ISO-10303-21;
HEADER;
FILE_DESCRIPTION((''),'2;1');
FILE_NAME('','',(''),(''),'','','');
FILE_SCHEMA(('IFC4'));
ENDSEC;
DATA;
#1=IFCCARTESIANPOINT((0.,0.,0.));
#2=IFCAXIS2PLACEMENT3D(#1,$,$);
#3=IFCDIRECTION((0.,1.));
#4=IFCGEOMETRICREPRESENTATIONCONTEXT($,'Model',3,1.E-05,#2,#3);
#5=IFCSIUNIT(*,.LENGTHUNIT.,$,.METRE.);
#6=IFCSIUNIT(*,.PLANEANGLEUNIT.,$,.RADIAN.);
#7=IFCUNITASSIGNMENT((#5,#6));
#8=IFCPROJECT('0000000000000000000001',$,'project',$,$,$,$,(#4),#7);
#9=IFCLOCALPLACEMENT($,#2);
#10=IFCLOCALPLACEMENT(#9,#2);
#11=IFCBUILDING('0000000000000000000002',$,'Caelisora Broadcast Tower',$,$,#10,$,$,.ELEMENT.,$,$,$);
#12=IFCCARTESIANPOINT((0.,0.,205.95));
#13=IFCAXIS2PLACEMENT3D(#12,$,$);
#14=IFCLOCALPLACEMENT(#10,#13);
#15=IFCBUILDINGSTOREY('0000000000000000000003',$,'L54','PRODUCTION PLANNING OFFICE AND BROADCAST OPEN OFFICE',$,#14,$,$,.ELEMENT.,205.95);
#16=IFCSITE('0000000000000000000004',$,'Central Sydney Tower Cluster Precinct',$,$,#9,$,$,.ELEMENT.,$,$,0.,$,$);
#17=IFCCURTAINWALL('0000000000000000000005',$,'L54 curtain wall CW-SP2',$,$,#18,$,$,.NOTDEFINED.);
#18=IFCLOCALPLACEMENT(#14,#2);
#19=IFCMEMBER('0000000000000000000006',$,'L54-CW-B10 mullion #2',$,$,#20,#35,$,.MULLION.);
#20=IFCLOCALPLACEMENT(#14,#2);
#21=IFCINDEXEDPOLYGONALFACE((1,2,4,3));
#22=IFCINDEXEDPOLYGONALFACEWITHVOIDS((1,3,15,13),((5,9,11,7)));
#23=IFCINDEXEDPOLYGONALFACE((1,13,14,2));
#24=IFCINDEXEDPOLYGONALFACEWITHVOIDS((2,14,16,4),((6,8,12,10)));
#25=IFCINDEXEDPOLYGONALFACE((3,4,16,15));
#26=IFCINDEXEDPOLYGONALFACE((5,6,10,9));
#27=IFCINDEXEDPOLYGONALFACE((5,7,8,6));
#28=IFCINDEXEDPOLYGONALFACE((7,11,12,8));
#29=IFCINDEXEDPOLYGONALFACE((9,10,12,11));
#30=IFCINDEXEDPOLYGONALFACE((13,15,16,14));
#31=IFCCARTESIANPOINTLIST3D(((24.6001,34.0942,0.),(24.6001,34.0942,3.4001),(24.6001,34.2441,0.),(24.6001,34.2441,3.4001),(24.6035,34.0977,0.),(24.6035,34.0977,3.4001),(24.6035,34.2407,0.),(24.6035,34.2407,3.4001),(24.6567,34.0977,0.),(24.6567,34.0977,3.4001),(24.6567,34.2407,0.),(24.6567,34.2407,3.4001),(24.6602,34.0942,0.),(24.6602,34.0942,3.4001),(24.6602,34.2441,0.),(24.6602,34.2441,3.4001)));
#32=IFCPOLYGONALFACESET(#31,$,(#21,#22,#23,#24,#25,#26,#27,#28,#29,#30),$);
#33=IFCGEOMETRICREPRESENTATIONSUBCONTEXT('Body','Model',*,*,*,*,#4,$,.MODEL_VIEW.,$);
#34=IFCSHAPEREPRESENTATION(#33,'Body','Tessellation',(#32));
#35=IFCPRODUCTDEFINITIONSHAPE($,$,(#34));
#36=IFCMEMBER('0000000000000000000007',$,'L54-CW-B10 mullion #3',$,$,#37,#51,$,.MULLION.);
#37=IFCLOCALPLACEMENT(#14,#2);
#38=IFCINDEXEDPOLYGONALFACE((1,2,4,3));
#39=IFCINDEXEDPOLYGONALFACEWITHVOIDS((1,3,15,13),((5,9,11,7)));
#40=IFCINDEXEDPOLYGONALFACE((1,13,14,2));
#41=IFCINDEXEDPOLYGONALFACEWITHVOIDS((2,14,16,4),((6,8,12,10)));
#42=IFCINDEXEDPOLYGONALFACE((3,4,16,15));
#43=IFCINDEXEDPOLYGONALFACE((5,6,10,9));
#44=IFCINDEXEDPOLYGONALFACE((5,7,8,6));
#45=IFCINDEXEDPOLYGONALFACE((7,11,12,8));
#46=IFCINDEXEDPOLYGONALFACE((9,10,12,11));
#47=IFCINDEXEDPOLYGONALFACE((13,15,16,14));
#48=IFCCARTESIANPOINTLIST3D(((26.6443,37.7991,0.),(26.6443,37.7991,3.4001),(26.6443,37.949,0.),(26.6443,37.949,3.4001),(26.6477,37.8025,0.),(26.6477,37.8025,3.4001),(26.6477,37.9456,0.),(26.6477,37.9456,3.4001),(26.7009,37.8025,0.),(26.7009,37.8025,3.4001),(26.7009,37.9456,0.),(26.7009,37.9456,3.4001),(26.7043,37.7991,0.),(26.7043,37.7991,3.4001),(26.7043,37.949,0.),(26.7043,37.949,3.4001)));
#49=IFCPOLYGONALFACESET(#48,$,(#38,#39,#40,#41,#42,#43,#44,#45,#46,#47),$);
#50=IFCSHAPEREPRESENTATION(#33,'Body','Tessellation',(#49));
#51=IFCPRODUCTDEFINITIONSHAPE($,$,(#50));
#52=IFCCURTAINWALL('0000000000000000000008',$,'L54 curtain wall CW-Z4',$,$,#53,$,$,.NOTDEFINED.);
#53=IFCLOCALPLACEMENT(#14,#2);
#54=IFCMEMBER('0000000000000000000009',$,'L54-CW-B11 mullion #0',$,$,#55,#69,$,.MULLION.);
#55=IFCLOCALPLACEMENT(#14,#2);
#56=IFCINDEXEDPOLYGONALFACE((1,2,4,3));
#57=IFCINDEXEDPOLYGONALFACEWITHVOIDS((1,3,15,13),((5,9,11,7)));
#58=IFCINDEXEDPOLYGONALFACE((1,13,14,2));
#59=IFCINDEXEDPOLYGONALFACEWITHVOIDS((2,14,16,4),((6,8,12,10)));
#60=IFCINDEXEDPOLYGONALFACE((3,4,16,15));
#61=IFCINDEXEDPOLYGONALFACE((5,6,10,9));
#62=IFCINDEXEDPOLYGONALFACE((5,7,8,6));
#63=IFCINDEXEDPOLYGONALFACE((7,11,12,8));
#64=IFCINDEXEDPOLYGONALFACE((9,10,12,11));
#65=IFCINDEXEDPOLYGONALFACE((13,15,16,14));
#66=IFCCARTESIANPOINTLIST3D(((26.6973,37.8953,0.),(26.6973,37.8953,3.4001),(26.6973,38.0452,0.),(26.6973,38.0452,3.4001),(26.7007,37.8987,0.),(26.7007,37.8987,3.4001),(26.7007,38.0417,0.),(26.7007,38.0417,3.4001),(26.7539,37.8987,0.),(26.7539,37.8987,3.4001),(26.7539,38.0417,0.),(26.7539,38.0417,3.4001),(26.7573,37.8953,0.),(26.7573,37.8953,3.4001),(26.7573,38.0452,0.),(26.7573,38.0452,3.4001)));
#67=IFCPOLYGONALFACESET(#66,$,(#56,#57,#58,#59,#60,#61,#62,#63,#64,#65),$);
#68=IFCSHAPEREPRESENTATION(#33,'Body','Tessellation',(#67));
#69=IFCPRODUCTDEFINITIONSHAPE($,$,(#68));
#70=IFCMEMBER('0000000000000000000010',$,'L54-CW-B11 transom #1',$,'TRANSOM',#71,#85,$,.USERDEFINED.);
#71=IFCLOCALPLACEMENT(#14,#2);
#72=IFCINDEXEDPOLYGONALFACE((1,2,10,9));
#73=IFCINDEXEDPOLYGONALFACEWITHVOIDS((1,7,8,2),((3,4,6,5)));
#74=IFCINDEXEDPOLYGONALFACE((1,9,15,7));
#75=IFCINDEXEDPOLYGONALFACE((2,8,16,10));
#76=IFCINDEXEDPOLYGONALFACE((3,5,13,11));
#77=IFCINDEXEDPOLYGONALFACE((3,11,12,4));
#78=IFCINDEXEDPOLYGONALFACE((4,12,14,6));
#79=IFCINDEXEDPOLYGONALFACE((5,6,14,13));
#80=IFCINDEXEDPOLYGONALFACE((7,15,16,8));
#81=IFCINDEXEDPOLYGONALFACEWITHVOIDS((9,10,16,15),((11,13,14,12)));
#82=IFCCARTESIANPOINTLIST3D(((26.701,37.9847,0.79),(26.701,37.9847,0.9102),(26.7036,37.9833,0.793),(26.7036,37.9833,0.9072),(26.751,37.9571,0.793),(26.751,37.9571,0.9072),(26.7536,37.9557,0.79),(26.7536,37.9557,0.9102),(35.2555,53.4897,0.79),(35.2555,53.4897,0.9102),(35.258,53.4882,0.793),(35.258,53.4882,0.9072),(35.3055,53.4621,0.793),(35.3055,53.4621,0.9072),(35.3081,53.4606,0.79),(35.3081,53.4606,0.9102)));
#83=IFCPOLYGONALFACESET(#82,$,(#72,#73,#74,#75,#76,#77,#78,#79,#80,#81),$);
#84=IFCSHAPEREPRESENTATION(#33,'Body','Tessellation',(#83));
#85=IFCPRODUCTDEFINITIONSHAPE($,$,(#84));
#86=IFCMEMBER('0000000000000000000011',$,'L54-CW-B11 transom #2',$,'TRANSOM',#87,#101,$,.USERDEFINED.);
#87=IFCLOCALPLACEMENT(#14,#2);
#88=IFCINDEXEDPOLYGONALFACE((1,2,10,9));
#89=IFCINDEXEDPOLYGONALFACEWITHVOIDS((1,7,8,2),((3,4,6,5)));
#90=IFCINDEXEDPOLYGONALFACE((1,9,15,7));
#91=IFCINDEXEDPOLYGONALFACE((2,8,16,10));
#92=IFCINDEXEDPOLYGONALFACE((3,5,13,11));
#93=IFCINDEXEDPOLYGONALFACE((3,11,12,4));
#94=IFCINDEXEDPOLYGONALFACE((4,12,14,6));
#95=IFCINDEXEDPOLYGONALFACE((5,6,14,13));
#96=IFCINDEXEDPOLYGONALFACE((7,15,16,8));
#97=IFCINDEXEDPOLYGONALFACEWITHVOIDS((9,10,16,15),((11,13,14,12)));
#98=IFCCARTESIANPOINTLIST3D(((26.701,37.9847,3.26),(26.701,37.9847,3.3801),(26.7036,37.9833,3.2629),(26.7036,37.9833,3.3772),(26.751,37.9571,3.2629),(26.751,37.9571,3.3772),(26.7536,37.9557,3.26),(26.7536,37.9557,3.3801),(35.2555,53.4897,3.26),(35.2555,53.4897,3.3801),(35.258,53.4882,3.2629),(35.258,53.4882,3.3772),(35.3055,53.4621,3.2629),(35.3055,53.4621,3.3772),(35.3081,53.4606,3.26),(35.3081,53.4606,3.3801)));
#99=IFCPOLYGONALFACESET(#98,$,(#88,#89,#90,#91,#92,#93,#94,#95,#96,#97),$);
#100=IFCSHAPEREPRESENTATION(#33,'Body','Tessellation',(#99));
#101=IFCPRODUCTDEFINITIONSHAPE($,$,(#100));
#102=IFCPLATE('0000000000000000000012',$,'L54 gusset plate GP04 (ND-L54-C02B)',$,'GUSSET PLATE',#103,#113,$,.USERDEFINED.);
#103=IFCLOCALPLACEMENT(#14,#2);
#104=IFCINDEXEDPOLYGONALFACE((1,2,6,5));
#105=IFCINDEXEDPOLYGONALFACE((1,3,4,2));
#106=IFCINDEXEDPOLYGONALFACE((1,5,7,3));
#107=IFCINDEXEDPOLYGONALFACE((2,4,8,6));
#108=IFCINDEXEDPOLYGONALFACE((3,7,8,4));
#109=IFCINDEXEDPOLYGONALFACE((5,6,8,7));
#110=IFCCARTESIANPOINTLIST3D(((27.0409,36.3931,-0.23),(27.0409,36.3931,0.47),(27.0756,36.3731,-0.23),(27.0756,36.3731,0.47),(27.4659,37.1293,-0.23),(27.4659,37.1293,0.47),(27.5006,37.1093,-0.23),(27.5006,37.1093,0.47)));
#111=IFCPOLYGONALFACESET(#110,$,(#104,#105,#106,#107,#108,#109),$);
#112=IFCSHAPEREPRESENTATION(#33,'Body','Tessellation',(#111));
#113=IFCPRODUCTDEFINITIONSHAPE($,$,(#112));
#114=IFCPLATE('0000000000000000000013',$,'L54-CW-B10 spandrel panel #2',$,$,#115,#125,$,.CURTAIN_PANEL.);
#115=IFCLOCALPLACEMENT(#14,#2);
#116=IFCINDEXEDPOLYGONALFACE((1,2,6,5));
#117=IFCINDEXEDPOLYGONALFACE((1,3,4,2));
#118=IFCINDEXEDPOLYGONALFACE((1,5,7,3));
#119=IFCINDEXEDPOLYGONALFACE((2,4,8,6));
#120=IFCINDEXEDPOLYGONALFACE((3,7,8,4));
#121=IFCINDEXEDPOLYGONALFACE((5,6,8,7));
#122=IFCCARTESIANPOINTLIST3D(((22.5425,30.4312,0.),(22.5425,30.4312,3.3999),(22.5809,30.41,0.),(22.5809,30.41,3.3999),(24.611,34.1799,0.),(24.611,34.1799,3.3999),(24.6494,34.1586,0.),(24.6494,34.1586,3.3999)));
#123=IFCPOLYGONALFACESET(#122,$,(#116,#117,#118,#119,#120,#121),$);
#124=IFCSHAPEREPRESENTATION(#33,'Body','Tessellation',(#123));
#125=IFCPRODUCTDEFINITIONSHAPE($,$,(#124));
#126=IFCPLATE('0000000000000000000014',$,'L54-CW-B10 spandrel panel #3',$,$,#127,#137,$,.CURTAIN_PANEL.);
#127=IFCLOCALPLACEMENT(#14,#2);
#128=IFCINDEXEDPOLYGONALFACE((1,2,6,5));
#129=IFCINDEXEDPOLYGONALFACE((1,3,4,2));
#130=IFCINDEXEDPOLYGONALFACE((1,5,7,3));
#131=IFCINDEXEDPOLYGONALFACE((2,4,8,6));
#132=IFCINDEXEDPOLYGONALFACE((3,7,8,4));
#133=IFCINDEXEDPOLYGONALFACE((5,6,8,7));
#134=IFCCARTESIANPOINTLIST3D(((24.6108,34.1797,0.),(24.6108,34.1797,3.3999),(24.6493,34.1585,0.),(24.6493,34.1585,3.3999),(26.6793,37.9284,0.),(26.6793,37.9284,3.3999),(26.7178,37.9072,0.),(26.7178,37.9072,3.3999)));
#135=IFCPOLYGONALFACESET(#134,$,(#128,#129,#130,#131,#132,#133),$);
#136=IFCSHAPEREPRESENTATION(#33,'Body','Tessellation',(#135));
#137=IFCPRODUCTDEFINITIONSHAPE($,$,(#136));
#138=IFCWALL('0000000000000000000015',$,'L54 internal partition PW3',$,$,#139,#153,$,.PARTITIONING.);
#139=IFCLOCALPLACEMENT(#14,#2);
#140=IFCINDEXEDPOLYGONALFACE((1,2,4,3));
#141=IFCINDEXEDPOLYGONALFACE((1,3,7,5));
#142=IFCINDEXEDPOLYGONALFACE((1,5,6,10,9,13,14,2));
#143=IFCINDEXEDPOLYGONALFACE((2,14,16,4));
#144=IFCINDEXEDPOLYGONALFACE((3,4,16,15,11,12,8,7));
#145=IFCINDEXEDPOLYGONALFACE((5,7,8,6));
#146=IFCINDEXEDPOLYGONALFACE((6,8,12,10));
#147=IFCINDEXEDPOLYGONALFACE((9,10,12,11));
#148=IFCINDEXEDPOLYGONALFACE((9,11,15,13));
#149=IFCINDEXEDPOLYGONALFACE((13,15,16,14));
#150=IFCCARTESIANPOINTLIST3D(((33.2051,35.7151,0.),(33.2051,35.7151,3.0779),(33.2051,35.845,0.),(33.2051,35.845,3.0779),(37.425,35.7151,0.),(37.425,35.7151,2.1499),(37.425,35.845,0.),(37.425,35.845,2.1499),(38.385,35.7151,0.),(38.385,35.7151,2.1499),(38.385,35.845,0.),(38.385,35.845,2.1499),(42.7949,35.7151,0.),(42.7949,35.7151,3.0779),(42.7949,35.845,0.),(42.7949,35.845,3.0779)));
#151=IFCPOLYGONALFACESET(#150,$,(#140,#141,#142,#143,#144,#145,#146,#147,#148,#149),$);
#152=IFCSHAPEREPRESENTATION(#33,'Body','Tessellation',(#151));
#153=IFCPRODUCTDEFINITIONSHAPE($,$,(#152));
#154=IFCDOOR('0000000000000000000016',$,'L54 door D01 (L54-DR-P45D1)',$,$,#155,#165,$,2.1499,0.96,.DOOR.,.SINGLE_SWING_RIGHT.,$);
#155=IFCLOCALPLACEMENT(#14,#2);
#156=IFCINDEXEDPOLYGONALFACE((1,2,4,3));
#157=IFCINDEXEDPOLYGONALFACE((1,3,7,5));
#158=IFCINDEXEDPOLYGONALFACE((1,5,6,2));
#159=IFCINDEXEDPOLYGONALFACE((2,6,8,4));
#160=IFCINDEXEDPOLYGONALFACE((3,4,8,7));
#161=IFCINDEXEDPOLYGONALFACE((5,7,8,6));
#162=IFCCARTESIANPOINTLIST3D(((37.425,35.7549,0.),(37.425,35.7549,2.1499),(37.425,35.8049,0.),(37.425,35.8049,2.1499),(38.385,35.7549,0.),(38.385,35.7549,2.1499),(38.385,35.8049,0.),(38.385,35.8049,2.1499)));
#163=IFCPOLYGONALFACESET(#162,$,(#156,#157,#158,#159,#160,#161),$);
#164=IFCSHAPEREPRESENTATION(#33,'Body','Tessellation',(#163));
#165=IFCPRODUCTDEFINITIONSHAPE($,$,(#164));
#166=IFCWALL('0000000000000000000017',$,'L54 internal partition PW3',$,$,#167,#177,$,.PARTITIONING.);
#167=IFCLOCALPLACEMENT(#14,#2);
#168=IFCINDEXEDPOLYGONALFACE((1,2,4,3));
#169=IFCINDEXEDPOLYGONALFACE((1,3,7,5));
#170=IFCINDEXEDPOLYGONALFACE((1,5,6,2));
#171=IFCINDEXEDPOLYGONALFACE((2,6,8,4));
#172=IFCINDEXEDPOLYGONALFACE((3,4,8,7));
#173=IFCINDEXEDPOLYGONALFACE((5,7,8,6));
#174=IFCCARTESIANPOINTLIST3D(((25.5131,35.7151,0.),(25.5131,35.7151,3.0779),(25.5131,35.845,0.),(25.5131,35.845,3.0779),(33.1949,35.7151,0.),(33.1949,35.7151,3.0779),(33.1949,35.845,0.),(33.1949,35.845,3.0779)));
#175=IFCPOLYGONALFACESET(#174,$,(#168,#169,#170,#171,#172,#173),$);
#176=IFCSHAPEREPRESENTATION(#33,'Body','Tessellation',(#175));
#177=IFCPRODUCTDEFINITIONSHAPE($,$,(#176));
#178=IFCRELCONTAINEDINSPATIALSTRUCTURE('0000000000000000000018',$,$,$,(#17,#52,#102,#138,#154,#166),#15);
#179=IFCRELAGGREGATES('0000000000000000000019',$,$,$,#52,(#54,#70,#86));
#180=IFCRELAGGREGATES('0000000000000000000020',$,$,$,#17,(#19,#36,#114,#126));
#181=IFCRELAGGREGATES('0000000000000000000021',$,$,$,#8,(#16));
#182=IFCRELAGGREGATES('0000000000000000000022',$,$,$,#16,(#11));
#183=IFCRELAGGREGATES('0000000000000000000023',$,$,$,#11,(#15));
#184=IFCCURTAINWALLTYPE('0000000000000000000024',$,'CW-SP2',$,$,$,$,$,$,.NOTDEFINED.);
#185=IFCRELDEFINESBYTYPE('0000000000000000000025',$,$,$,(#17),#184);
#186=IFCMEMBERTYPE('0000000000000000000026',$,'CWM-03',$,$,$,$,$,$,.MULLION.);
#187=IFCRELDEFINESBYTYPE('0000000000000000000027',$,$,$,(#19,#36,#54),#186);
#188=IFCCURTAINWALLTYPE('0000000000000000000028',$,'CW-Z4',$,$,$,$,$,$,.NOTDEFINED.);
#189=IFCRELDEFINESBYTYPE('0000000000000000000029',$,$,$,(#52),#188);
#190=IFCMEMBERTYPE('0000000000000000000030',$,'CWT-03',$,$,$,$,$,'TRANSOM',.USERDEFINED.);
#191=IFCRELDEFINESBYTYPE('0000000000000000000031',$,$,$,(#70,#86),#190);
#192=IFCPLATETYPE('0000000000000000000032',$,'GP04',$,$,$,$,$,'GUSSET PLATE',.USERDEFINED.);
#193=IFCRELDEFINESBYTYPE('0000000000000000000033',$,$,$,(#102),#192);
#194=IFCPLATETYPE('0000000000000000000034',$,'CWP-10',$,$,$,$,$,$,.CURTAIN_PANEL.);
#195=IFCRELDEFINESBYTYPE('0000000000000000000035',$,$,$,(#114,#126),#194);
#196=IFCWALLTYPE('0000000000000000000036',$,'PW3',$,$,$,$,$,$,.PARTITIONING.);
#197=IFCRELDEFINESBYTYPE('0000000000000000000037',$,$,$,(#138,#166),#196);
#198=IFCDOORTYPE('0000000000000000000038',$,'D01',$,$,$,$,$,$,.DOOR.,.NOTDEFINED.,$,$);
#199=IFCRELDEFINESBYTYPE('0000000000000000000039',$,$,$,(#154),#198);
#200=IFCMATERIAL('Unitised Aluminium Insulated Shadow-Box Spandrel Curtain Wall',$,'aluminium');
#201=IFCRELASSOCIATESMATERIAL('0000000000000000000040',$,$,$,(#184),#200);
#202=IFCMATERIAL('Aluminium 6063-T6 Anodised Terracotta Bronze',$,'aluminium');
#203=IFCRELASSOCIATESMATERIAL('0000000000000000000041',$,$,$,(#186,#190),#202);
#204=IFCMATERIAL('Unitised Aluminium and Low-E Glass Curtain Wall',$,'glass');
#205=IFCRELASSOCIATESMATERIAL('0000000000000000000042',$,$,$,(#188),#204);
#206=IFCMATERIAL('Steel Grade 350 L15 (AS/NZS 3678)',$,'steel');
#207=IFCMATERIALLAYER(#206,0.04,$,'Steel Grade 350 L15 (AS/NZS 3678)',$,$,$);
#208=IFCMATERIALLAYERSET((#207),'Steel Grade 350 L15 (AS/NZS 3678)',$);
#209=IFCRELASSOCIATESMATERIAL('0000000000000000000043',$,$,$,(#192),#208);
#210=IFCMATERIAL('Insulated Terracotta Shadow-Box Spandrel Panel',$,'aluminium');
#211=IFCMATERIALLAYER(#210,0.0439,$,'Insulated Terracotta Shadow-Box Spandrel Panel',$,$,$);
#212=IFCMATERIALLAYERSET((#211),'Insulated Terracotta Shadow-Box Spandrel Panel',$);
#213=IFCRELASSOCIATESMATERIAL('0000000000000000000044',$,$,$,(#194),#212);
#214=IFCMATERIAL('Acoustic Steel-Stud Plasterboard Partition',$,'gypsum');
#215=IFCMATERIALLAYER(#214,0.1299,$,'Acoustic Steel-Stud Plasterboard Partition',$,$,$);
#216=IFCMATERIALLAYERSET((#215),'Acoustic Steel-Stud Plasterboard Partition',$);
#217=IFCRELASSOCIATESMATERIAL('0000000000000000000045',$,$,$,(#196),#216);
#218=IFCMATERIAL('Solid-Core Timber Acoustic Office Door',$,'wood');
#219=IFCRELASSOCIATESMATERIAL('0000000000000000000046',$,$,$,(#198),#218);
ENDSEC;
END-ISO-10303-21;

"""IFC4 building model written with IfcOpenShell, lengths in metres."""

from ifc_helpers import new_model, si_unit, direction, frame, frame_2d, origin, origin_2d, place, context, subcontext, project, spatial, rectangle, hollow_rectangle, extrude, source, transform, mapped, material, layer, layer_set, material_profile, profile_set, type_object, type_shapes, element, fill, aggregate, save


model = new_model("IFC4")

# Units and contexts
model_context = context("Model", 3, precision=1e-05, world=origin(), true_north=direction((0.0, 1.0)))
body_context = subcontext(model_context, "Body", "Model", "MODEL_VIEW")
ifc_project = project(units=[si_unit("LENGTHUNIT", "METRE"), si_unit("PLANEANGLEUNIT", "RADIAN")], contexts=[model_context])

# Site, building, storey
site_placement = place(None, origin())
site = spatial("IfcSite", under=ifc_project, at=site_placement, Name="Central Sydney Tower Cluster Precinct", CompositionType="ELEMENT", RefElevation=0.0)
building_placement = place(site_placement, origin())
building = spatial("IfcBuilding", under=site, at=building_placement, Name="Caelisora Broadcast Tower", CompositionType="ELEMENT")
storey_placement = place(building_placement, frame((0.0, 0.0, 205.95)))
storey = spatial("IfcBuildingStorey", under=building, at=storey_placement, Name="L54", Description="PRODUCTION PLANNING OFFICE AND BROADCAST OPEN OFFICE", CompositionType="ELEMENT", Elevation=205.95)

# Shared definitions
ifc_material_1 = material(Name="Steel Grade 350 L15 (AS/NZS 3678)", Category="steel")

# Curtain walls, members
ifc_material_2 = material(Name="Unitised Aluminium Insulated Shadow-Box Spandrel Curtain Wall", Category="aluminium")
curtain_wall_type_1 = type_object("IfcCurtainWallType", Name="CW-SP2", PredefinedType="NOTDEFINED", material=ifc_material_2)
curtain_wall_1_placement = place(storey_placement, origin())
curtain_wall_1 = element("IfcCurtainWall", 1, at=curtain_wall_1_placement, inside=storey, type_object=curtain_wall_type_1, Name="L54 curtain wall CW-SP2", PredefinedType="NOTDEFINED")
ifc_material_3 = material(Name="Aluminium 6063-T6 Anodised Terracotta Bronze", Category="aluminium")
ifc_material_profile_1 = material_profile(ifc_material_3, hollow_rectangle(XDim=0.0601, YDim=0.1499, WallThickness=0.0034, at=origin_2d()), Name="Aluminium 6063-T6 Anodised Terracotta Bronze")
ifc_profile_set_1 = profile_set([ifc_material_profile_1], Name="Aluminium 6063-T6 Anodised Terracotta Bronze")
member_type_1 = type_object("IfcMemberType", Name="CWM-03", PredefinedType="MULLION", material=ifc_profile_set_1)
shared_shape_1 = source(origin(), body_context, "Body", "SweptSolid", [
    extrude(hollow_rectangle(XDim=0.0601, YDim=0.1499, WallThickness=0.0034, at=origin_2d()), origin(), (0.0, 0.0, 1.0), 3.4001),
])
type_shapes(member_type_1, [shared_shape_1])
member_1_placement = place(storey_placement, frame((24.6301, 34.1692, 0.0), z_axis=(0.0, 0.0, 1.0), x_axis=(1.0, 0.0, 0.0)))
member_1 = element("IfcMember", 2, at=member_1_placement, type_object=member_type_1, Name="L54-CW-B10 mullion #2", PredefinedType="MULLION", context=body_context, shape_type="MappedRepresentation", body=[
    mapped(shared_shape_1, transform((0.0, 0.0, 0.0), scale=1.0)),
])
member_2_placement = place(storey_placement, frame((26.6743, 37.874, 0.0), z_axis=(0.0, 0.0, 1.0), x_axis=(1.0, 0.0, 0.0)))
member_2 = element("IfcMember", 3, at=member_2_placement, type_object=member_type_1, Name="L54-CW-B10 mullion #3", PredefinedType="MULLION", context=body_context, shape_type="MappedRepresentation", body=[
    mapped(shared_shape_1, transform((0.0, 0.0, 0.0), scale=1.0)),
])
ifc_material_4 = material(Name="Unitised Aluminium and Low-E Glass Curtain Wall", Category="glass")
curtain_wall_type_2 = type_object("IfcCurtainWallType", Name="CW-Z4", PredefinedType="NOTDEFINED", material=ifc_material_4)
curtain_wall_2_placement = place(storey_placement, origin())
curtain_wall_2 = element("IfcCurtainWall", 4, at=curtain_wall_2_placement, inside=storey, type_object=curtain_wall_type_2, Name="L54 curtain wall CW-Z4", PredefinedType="NOTDEFINED")
member_3_placement = place(storey_placement, frame((26.7273, 37.9702, 0.0), z_axis=(0.0, 0.0, 1.0), x_axis=(1.0, 0.0, 0.0)))
member_3 = element("IfcMember", 5, at=member_3_placement, type_object=member_type_1, Name="L54-CW-B11 mullion #0", PredefinedType="MULLION", context=body_context, shape_type="MappedRepresentation", body=[
    mapped(shared_shape_1, transform((0.0, 0.0, 0.0), scale=1.0)),
])
ifc_material_profile_2 = material_profile(ifc_material_3, hollow_rectangle(XDim=0.0601, YDim=0.1201, WallThickness=0.0029, at=origin_2d()), Name="Aluminium 6063-T6 Anodised Terracotta Bronze")
ifc_profile_set_2 = profile_set([ifc_material_profile_2], Name="Aluminium 6063-T6 Anodised Terracotta Bronze")
member_type_2 = type_object("IfcMemberType", Name="CWT-03", ElementType="TRANSOM", PredefinedType="USERDEFINED", material=ifc_profile_set_2)
shared_shape_2 = source(origin(), body_context, "Body", "SweptSolid", [
    extrude(hollow_rectangle(XDim=0.0601, YDim=0.1201, WallThickness=0.0029, at=origin_2d()), origin(), (0.0, 0.0, 1.0), 17.7083),
])
type_shapes(member_type_2, [shared_shape_2])
member_4_placement = place(storey_placement, frame((26.7273, 37.9702, 0.8501), z_axis=(0.483078, 0.875577, 0.0), x_axis=(-0.875577, 0.483078, 0.0)))
member_4 = element("IfcMember", 6, at=member_4_placement, type_object=member_type_2, Name="L54-CW-B11 transom #1", ObjectType="TRANSOM", PredefinedType="USERDEFINED", context=body_context, shape_type="MappedRepresentation", body=[
    mapped(shared_shape_2, transform((0.0, 0.0, 0.0), scale=1.0)),
])
member_5_placement = place(storey_placement, frame((26.7273, 37.9702, 3.3201), z_axis=(0.483078, 0.875577, 0.0), x_axis=(-0.875577, 0.483078, 0.0)))
member_5 = element("IfcMember", 7, at=member_5_placement, type_object=member_type_2, Name="L54-CW-B11 transom #2", ObjectType="TRANSOM", PredefinedType="USERDEFINED", context=body_context, shape_type="MappedRepresentation", body=[
    mapped(shared_shape_2, transform((0.0, 0.0, 0.0), scale=1.0)),
])
aggregate(curtain_wall_2, [member_3, member_4, member_5])

# Plates
ifc_layer_1 = layer(ifc_material_1, 0.04, Name="Steel Grade 350 L15 (AS/NZS 3678)")
ifc_layer_set_1 = layer_set([ifc_layer_1], Name="Steel Grade 350 L15 (AS/NZS 3678)")
plate_type_1 = type_object("IfcPlateType", Name="GP04", ElementType="GUSSET PLATE", PredefinedType="USERDEFINED", material=ifc_layer_set_1)
shared_shape_3 = source(origin(), body_context, "Body", "SweptSolid", [
    extrude(rectangle(XDim=0.8501, YDim=0.04, at=origin_2d()), origin(), (0.0, 0.0, 1.0), 0.7),
])
type_shapes(plate_type_1, [shared_shape_3])
plate_1_placement = place(storey_placement, frame((27.2708, 36.7512, -0.23), z_axis=(0.0, 0.0, 1.0), x_axis=(-0.5, -0.866025, 0.0)))
element("IfcPlate", 8, at=plate_1_placement, inside=storey, type_object=plate_type_1, Name="L54 gusset plate GP04 (ND-L54-C02B)", ObjectType="GUSSET PLATE", PredefinedType="USERDEFINED", context=body_context, shape_type="MappedRepresentation", body=[
    mapped(shared_shape_3, transform((0.0, 0.0, 0.0), scale=1.0)),
])
ifc_material_5 = material(Name="Insulated Terracotta Shadow-Box Spandrel Panel", Category="aluminium")
ifc_layer_2 = layer(ifc_material_5, 0.0439, Name="Insulated Terracotta Shadow-Box Spandrel Panel")
ifc_layer_set_2 = layer_set([ifc_layer_2], Name="Insulated Terracotta Shadow-Box Spandrel Panel")
plate_type_2 = type_object("IfcPlateType", Name="CWP-10", PredefinedType="CURTAIN_PANEL", material=ifc_layer_set_2)
shared_shape_4 = source(origin(), body_context, "Body", "SweptSolid", [
    extrude(rectangle(XDim=4.2815, YDim=0.0439, at=origin_2d()), origin(), (0.0, 0.0, 1.0), 3.3999),
])
type_shapes(plate_type_2, [shared_shape_4])
plate_2_placement = place(storey_placement, frame((23.5959, 32.2949, 0.0), z_axis=(0.0, 0.0, 1.0), x_axis=(0.48313, 0.875549, 0.0)))
plate_2 = element("IfcPlate", 9, at=plate_2_placement, type_object=plate_type_2, Name="L54-CW-B10 spandrel panel #2", PredefinedType="CURTAIN_PANEL", context=body_context, shape_type="MappedRepresentation", body=[
    mapped(shared_shape_4, transform((0.0, 0.0, 0.0), scale=1.0)),
])
plate_3_placement = place(storey_placement, frame((25.6643, 36.0435, 0.0), z_axis=(0.0, 0.0, 1.0), x_axis=(0.48313, 0.875549, 0.0)))
plate_3 = element("IfcPlate", 10, at=plate_3_placement, type_object=plate_type_2, Name="L54-CW-B10 spandrel panel #3", PredefinedType="CURTAIN_PANEL", context=body_context, shape_type="MappedRepresentation", body=[
    mapped(shared_shape_4, transform((0.0, 0.0, 0.0), scale=1.0)),
])
aggregate(curtain_wall_1, [member_1, member_2, plate_2, plate_3])

# Wall, opening, door
ifc_material_6 = material(Name="Acoustic Steel-Stud Plasterboard Partition", Category="gypsum")
ifc_layer_3 = layer(ifc_material_6, 0.1299, Name="Acoustic Steel-Stud Plasterboard Partition")
ifc_layer_set_3 = layer_set([ifc_layer_3], Name="Acoustic Steel-Stud Plasterboard Partition")
wall_type = type_object("IfcWallType", Name="PW3", PredefinedType="PARTITIONING", material=ifc_layer_set_3)
wall_1_placement = place(storey_placement, frame((33.2051, 35.78, 0.0), z_axis=(0.0, 0.0, 1.0), x_axis=(1.0, 0.0, 0.0)))
wall_1 = element("IfcWall", 11, at=wall_1_placement, inside=storey, type_object=wall_type, Name="L54 internal partition PW3", PredefinedType="PARTITIONING", context=body_context, shape_type="SweptSolid", body=[
    extrude(rectangle(XDim=9.5898, YDim=0.1299, at=frame_2d((4.7949, 0.0))), origin(), (0.0, 0.0, 1.0), 3.0779),
])
opening_1_placement = place(wall_1_placement, frame((4.22, 0.0, 0.0)))
opening_1 = element("IfcOpeningElement", 12, at=opening_1_placement, cuts=wall_1, PredefinedType="OPENING", context=body_context, shape_type="SweptSolid", body=[
    extrude(rectangle(XDim=0.96, YDim=2.1499, at=frame_2d((0.48, 1.075))), frame((0.0, 0.0769, 0.0), z_axis=(0.0, -1.0, 0.0), x_axis=(1.0, 0.0, 0.0)), (0.0, 0.0, 1.0), 0.1538),
])
ifc_material_7 = material(Name="Solid-Core Timber Acoustic Office Door", Category="wood")
door_type = type_object("IfcDoorType", Name="D01", OperationType="NOTDEFINED", PredefinedType="DOOR", material=ifc_material_7)
door_1_placement = place(opening_1_placement, origin())
door_1 = element("IfcDoor", 13, at=door_1_placement, inside=storey, type_object=door_type, Name="L54 door D01 (L54-DR-P45D1)", OperationType="SINGLE_SWING_RIGHT", OverallHeight=2.1499, OverallWidth=0.96, PredefinedType="DOOR", context=body_context, shape_type="SweptSolid", body=[
    extrude(rectangle(XDim=0.96, YDim=2.1499, at=frame_2d((0.48, 1.075))), frame((0.0, 0.0249, 0.0), z_axis=(0.0, -1.0, 0.0), x_axis=(1.0, 0.0, 0.0)), (0.0, 0.0, 1.0), 0.05),
])
fill(opening_1, door_1)

# Wall
wall_2_placement = place(storey_placement, frame((25.5132, 35.78, 0.0), z_axis=(0.0, 0.0, 1.0), x_axis=(1.0, 0.0, 0.0)))
element("IfcWall", 14, at=wall_2_placement, inside=storey, type_object=wall_type, Name="L54 internal partition PW3", PredefinedType="PARTITIONING", context=body_context, shape_type="SweptSolid", body=[
    extrude(rectangle(XDim=7.6819, YDim=0.1299, at=frame_2d((3.8408, 0.0))), origin(), (0.0, 0.0, 1.0), 3.0779),
])

save(model, "model.ifc")
